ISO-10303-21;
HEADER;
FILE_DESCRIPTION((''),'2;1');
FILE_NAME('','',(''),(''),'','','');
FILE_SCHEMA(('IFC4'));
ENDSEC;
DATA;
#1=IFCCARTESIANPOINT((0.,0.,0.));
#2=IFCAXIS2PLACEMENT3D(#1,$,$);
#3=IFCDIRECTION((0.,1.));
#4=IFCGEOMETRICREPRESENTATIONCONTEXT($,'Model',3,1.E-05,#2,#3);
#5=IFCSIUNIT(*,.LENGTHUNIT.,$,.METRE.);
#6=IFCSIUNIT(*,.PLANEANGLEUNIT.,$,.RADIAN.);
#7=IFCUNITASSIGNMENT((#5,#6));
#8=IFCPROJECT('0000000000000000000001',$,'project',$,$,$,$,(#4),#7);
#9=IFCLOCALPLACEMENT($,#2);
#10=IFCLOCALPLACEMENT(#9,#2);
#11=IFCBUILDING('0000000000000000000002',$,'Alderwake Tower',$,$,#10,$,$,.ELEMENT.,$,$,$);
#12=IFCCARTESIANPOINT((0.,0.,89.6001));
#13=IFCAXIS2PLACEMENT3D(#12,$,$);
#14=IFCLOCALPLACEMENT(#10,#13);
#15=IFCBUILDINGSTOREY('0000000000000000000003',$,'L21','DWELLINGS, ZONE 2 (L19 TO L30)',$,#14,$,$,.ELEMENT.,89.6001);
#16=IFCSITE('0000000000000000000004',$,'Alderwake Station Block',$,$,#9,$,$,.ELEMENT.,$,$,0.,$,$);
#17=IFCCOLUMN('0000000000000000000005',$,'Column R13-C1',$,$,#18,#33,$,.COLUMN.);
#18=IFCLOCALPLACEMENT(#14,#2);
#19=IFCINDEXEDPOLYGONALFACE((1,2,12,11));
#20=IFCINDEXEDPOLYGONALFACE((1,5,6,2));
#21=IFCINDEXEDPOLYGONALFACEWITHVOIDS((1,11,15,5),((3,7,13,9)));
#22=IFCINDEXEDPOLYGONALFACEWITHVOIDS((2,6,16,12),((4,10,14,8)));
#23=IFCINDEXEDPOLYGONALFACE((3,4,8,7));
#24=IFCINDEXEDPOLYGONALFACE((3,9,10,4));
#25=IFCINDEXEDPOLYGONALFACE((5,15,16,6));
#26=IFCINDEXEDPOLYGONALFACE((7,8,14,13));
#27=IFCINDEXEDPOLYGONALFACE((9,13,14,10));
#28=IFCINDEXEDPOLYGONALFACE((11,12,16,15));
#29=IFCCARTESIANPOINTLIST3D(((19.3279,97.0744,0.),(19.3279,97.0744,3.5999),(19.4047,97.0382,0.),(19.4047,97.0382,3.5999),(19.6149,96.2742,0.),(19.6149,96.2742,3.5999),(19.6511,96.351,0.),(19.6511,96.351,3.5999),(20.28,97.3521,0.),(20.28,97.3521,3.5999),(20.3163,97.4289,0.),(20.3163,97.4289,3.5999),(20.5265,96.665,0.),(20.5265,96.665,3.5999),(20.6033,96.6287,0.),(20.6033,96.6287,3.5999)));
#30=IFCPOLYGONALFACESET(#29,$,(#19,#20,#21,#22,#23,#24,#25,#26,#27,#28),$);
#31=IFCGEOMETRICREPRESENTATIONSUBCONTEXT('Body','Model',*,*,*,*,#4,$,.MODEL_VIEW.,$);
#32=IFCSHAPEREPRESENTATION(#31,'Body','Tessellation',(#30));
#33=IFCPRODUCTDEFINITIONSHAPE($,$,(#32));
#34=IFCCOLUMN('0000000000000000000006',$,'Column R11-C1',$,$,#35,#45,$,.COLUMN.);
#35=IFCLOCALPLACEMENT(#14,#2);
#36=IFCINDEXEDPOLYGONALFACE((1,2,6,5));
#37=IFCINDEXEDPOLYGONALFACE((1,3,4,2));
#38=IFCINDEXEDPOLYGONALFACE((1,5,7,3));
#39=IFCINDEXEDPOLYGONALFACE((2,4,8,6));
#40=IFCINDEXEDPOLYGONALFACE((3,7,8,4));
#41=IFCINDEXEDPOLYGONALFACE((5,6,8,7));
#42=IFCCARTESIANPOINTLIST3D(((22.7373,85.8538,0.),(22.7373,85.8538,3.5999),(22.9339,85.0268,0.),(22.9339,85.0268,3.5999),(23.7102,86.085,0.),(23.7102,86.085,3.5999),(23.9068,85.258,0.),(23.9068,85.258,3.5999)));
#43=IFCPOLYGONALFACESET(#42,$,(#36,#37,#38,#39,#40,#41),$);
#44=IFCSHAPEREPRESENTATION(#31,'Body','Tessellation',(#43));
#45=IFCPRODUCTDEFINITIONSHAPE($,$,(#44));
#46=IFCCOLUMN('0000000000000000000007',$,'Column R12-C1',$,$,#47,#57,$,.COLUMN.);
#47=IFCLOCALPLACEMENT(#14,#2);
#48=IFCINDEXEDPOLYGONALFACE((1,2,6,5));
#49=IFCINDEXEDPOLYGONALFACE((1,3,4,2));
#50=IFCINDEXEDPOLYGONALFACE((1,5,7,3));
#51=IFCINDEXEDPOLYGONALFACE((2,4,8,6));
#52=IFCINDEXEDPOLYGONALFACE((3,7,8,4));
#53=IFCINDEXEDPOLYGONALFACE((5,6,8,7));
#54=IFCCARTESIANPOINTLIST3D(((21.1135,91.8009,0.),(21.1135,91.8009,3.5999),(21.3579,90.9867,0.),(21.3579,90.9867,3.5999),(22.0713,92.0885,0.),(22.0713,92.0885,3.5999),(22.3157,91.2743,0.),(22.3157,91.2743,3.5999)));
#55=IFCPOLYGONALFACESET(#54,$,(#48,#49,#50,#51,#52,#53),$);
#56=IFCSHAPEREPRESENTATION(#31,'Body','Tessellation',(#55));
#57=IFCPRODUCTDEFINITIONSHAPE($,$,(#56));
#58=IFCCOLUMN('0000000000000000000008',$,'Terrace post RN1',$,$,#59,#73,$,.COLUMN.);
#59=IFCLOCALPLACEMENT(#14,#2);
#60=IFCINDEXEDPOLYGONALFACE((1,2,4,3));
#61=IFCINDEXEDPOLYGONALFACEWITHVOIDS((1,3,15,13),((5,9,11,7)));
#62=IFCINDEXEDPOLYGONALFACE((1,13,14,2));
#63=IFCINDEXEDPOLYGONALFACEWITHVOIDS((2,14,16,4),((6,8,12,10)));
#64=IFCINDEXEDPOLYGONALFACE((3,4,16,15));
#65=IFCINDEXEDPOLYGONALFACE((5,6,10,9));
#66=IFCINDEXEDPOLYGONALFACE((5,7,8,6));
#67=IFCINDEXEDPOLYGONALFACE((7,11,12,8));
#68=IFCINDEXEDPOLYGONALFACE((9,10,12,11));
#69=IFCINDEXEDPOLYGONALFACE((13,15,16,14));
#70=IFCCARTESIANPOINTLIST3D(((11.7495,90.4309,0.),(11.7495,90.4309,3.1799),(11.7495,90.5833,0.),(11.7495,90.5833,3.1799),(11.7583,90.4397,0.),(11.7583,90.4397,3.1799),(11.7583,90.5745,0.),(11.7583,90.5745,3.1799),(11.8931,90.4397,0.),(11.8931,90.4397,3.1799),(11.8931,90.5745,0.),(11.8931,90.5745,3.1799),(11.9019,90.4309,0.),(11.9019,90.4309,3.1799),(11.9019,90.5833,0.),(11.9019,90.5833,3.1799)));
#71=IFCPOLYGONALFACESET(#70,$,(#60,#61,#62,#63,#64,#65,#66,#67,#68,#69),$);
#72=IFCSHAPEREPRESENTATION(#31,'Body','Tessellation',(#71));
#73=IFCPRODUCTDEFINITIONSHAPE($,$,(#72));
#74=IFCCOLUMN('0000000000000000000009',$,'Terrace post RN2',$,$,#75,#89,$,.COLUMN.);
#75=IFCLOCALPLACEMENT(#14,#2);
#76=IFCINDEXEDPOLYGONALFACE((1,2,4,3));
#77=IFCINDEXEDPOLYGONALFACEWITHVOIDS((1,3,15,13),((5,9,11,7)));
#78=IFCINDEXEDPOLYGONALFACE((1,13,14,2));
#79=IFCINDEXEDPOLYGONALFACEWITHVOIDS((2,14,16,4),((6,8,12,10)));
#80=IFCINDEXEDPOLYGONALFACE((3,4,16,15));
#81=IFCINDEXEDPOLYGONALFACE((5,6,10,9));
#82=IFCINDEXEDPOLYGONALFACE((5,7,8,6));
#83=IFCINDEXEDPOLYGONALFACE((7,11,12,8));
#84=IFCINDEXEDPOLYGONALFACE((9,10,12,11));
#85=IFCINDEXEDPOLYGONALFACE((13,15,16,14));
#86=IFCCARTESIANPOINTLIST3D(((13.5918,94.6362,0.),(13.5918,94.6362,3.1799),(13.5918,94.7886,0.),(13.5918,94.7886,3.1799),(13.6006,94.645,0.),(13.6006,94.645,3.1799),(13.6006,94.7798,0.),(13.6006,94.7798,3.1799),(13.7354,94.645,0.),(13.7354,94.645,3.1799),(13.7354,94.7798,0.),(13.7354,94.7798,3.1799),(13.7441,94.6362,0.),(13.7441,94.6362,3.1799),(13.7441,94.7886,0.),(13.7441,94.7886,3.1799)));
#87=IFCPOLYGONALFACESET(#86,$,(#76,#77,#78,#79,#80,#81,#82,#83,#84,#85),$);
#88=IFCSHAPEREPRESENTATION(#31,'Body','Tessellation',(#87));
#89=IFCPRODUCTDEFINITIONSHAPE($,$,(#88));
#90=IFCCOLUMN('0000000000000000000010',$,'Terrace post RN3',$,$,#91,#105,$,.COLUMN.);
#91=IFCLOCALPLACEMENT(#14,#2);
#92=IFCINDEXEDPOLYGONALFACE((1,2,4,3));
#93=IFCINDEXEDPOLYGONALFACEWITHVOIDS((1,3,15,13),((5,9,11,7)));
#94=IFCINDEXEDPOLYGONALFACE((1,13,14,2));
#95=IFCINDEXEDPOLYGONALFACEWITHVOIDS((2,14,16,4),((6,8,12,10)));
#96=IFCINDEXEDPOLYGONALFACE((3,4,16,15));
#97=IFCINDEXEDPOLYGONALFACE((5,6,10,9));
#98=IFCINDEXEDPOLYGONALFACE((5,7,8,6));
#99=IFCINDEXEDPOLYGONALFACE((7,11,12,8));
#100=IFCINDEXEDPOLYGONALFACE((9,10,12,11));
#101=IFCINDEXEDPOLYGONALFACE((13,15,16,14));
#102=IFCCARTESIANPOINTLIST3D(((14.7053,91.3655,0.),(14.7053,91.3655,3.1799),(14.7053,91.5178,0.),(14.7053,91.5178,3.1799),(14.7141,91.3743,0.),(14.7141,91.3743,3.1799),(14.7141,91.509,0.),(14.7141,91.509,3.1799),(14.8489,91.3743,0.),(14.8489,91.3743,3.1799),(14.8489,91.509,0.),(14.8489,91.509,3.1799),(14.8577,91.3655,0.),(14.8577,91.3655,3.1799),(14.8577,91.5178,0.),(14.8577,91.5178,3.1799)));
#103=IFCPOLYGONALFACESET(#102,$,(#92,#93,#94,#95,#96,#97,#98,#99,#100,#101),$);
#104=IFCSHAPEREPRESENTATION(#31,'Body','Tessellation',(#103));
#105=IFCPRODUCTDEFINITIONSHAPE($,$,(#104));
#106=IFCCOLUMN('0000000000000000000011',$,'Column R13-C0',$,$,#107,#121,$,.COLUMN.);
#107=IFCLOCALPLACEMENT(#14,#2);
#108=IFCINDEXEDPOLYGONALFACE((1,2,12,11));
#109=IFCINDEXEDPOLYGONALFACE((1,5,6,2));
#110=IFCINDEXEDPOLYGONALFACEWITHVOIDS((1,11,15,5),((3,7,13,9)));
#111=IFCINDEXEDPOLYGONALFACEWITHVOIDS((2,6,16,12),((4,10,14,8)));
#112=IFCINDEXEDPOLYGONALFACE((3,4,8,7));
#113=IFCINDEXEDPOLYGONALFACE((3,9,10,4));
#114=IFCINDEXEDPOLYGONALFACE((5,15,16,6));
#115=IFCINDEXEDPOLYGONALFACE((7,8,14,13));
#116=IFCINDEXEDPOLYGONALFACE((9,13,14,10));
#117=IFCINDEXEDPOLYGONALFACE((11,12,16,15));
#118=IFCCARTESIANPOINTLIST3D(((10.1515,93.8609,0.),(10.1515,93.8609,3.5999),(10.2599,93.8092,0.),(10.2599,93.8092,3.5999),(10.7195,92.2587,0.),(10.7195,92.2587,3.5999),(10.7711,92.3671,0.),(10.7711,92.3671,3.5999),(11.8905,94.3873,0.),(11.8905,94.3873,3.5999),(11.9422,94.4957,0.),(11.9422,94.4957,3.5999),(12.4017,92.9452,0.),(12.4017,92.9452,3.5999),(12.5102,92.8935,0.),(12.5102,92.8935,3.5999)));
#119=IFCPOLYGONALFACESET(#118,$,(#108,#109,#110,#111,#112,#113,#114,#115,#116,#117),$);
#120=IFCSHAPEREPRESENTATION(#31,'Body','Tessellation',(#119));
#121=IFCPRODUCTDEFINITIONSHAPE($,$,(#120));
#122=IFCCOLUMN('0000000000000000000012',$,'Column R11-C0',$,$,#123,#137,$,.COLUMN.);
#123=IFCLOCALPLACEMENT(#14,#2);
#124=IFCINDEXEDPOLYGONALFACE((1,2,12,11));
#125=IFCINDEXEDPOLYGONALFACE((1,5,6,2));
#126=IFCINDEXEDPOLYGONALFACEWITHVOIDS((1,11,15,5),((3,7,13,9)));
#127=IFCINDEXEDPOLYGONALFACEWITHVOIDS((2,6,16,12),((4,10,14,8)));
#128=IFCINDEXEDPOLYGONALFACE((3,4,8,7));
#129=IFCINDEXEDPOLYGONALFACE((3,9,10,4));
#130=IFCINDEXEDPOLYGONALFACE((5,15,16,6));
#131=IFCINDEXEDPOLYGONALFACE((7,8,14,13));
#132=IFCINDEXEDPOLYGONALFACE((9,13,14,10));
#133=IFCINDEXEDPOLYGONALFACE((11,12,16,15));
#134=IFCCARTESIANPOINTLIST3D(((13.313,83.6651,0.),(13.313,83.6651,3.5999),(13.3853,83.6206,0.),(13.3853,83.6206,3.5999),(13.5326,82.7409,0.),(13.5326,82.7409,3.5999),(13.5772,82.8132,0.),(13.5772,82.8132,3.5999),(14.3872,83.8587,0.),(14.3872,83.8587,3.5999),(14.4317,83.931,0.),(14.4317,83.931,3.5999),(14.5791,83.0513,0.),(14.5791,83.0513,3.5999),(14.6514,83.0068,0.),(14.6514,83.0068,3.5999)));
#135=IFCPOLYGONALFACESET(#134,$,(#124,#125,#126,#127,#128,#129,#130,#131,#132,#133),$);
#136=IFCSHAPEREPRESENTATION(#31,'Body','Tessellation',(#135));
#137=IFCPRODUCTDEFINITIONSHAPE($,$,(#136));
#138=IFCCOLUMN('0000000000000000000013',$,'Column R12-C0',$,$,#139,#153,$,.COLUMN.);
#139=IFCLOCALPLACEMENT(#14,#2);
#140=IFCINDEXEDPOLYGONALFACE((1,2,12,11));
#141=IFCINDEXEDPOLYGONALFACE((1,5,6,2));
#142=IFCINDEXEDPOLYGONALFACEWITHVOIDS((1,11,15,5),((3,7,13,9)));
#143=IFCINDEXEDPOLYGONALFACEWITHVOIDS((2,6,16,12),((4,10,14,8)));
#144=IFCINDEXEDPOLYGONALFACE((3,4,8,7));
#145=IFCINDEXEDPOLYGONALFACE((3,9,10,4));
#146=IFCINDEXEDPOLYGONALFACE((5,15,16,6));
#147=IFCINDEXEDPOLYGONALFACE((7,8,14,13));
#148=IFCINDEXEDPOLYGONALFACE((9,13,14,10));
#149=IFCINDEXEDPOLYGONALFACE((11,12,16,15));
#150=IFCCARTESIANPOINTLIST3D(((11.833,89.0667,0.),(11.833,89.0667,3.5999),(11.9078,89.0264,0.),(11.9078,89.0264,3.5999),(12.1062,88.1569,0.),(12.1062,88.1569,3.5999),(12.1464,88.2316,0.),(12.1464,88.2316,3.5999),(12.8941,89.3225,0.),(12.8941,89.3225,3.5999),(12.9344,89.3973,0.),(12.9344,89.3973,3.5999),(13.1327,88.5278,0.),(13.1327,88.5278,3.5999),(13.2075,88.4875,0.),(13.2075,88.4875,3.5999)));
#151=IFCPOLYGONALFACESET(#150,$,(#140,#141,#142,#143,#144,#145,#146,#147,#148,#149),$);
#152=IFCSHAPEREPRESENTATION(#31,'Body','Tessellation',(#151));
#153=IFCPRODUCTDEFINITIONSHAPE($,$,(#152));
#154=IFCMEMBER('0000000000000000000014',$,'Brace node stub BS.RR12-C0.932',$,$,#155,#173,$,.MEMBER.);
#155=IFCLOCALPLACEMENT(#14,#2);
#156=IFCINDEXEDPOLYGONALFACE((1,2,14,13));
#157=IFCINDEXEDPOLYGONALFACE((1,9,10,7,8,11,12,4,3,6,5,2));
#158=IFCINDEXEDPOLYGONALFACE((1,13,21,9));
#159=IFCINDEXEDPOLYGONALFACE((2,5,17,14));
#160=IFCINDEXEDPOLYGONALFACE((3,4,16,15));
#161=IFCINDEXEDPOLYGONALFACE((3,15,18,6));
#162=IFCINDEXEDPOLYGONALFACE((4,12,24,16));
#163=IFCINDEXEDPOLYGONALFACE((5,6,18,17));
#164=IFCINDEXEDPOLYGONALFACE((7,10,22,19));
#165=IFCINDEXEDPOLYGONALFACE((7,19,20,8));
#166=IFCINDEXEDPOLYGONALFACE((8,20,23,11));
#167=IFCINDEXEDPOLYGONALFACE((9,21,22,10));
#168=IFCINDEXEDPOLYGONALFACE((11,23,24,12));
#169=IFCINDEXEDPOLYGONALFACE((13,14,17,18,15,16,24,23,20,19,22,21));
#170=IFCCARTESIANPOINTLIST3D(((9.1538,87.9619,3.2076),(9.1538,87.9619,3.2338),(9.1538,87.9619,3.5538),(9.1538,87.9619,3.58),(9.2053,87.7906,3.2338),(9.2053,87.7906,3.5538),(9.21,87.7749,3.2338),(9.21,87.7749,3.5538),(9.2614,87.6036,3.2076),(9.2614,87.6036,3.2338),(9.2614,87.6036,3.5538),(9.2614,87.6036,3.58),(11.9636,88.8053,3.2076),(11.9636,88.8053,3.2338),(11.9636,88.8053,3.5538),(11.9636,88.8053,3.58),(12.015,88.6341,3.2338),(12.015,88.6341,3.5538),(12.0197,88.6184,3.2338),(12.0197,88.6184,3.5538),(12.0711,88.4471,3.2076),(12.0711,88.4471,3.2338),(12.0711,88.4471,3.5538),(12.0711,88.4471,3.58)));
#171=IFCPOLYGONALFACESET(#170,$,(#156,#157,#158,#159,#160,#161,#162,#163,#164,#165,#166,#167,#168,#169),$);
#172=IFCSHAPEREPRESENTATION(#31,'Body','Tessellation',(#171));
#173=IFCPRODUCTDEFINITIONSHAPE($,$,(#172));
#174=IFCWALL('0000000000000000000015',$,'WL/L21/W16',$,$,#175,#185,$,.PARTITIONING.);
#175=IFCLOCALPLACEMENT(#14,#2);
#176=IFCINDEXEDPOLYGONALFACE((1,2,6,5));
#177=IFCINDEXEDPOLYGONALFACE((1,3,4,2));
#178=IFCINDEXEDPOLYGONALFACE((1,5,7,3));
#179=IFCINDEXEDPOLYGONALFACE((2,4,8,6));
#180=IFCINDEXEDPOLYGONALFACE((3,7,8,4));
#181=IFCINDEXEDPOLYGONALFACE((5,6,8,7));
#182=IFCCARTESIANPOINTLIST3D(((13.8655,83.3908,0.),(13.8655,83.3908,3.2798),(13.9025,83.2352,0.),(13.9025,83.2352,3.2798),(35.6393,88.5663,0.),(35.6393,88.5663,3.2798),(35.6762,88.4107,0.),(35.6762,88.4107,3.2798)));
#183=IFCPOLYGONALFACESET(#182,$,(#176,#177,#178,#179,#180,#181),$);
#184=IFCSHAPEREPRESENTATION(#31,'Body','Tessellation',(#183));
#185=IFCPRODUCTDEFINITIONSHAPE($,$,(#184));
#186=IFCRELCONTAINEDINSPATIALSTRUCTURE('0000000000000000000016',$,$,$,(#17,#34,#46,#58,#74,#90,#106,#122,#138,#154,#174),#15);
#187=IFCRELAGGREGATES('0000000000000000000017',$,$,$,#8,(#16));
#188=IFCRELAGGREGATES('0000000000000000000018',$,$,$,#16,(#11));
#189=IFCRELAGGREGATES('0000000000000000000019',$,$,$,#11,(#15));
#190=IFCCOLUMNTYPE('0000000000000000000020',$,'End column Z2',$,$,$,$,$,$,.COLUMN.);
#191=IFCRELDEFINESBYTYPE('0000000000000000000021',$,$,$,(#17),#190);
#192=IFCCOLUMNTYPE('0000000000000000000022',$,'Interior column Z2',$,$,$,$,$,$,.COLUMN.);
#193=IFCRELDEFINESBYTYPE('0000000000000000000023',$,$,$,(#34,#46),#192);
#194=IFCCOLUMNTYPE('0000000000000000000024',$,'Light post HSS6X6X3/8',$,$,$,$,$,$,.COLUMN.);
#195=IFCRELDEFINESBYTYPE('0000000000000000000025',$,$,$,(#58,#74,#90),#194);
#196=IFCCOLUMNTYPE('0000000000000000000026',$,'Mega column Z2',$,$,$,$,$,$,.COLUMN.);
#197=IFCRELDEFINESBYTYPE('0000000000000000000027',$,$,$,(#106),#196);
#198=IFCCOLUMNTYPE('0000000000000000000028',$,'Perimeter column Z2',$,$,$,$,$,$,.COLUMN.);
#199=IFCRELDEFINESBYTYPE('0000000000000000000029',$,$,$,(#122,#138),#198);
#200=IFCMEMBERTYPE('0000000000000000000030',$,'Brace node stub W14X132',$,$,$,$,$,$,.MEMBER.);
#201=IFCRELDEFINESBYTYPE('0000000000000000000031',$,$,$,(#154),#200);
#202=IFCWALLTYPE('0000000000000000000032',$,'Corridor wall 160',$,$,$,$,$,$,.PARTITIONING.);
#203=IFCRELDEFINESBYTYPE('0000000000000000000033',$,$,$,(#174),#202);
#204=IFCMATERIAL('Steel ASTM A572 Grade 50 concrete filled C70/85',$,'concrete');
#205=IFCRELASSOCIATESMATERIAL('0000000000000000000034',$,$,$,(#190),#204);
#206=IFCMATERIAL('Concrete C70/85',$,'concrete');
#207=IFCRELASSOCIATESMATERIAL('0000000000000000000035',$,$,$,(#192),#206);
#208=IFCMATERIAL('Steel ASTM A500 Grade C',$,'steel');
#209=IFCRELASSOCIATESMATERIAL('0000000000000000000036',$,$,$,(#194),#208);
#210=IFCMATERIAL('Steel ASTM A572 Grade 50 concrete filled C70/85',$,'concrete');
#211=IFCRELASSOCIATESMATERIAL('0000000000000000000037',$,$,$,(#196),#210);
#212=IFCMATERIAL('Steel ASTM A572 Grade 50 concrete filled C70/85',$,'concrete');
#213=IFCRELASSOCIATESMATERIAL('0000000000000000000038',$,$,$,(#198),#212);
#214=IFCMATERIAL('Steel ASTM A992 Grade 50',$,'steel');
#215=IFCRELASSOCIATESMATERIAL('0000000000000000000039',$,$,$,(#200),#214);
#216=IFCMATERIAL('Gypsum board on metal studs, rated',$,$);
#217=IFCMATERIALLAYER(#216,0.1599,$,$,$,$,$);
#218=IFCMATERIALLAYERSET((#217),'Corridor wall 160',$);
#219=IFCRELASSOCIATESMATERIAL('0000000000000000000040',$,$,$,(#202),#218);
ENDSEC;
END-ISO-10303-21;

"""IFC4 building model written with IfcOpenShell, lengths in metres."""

from ifc_helpers import new_model, si_unit, direction, frame, frame_2d, origin, origin_2d, place, context, subcontext, project, spatial, rectangle, hollow_rectangle, i_section, extrude, material, layer, layer_set, material_profile, profile_set, type_object, element, save


model = new_model("IFC4")

# Units and contexts
model_context = context("Model", 3, precision=1e-05, world=origin(), true_north=direction((0.0, 1.0)))
body_context = subcontext(model_context, "Body", "Model", "MODEL_VIEW")
ifc_project = project(units=[si_unit("LENGTHUNIT", "METRE"), si_unit("PLANEANGLEUNIT", "RADIAN")], contexts=[model_context])

# Site, building, storey
site_placement = place(None, origin())
site = spatial("IfcSite", under=ifc_project, at=site_placement, Name="Alderwake Station Block", CompositionType="ELEMENT", RefElevation=0.0)
building_placement = place(site_placement, origin())
building = spatial("IfcBuilding", under=site, at=building_placement, Name="Alderwake Tower", CompositionType="ELEMENT")
storey_placement = place(building_placement, frame((0.0, 0.0, 89.6001)))
storey = spatial("IfcBuildingStorey", under=building, at=storey_placement, Name="L21", Description="DWELLINGS, ZONE 2 (L19 TO L30)", CompositionType="ELEMENT", Elevation=89.6001)

# Columns
ifc_material_1 = material(Name="Steel ASTM A572 Grade 50 concrete filled C70/85", Category="concrete")
ifc_material_profile_1 = material_profile(ifc_material_1, hollow_rectangle(XDim=0.8501, YDim=1.05, WallThickness=0.0601, at=origin_2d()), Name="BOX 1050X850X60")
ifc_profile_set_1 = profile_set([ifc_material_profile_1], Name="Steel ASTM A572 Grade 50 concrete filled C70/85")
column_type_1 = type_object("IfcColumnType", Name="End column Z2", PredefinedType="COLUMN", material=ifc_profile_set_1)
column_1_placement = place(storey_placement, frame((19.9656, 96.8516, 0.0), z_axis=(0.0, 0.0, 1.0), x_axis=(-0.337585, 0.941295, 0.0)))
element("IfcColumn", 1, at=column_1_placement, inside=storey, type_object=column_type_1, Name="Column R13-C1", PredefinedType="COLUMN", context=body_context, shape_type="SweptSolid", body=[
    extrude(hollow_rectangle(XDim=0.8501, YDim=1.05, WallThickness=0.0601, at=origin_2d()), origin(), (0.0, 0.0, 1.0), 3.5999),
])
ifc_material_2 = material(Name="Concrete C70/85", Category="concrete")
ifc_material_profile_2 = material_profile(ifc_material_2, rectangle(XDim=0.8501, YDim=1.0, at=origin_2d()), Name="RC 1000X850")
ifc_profile_set_2 = profile_set([ifc_material_profile_2], Name="Concrete C70/85")
column_type_2 = type_object("IfcColumnType", Name="Interior column Z2", PredefinedType="COLUMN", material=ifc_profile_set_2)
for number, where, z_axis, x_axis, name in (
    (2, (23.322, 85.5559, 0.0), (0.0, 0.0, 1.0), (-0.231222, 0.972901, 0.0), "Column R11-C1"),
    (3, (21.7146, 91.5376, 0.0), (0.0, 0.0, 1.0), (-0.287549, 0.957766, 0.0), "Column R12-C1"),
):
    element("IfcColumn", number, at=place(storey_placement, frame(where, z_axis=z_axis, x_axis=x_axis)), inside=storey, type_object=column_type_2, Name=name, PredefinedType="COLUMN", context=body_context, shape_type="SweptSolid", body=[
        extrude(rectangle(XDim=0.8501, YDim=1.0, at=origin_2d()), origin(), (0.0, 0.0, 1.0), 3.5999),
    ])
ifc_material_3 = material(Name="Steel ASTM A500 Grade C", Category="steel")
ifc_material_profile_3 = material_profile(ifc_material_3, hollow_rectangle(XDim=0.1523, YDim=0.1523, WallThickness=0.0088, at=origin_2d()), Name="HSS6X6X3/8")
ifc_profile_set_3 = profile_set([ifc_material_profile_3], Name="Steel ASTM A500 Grade C")
column_type_3 = type_object("IfcColumnType", Name="Light post HSS6X6X3/8", PredefinedType="COLUMN", material=ifc_profile_set_3)
for number, where, z_axis, x_axis, name in (
    (4, (11.8257, 90.5071, 0.0), (0.0, 0.0, 1.0), (1.0, 0.0, 0.0), "Terrace post RN1"),
    (5, (13.668, 94.7124, 0.0), (0.0, 0.0, 1.0), (1.0, 0.0, 0.0), "Terrace post RN2"),
    (6, (14.7815, 91.4417, 0.0), (0.0, 0.0, 1.0), (1.0, 0.0, 0.0), "Terrace post RN3"),
):
    element("IfcColumn", number, at=place(storey_placement, frame(where, z_axis=z_axis, x_axis=x_axis)), inside=storey, type_object=column_type_3, Name=name, PredefinedType="COLUMN", context=body_context, shape_type="SweptSolid", body=[
        extrude(hollow_rectangle(XDim=0.1523, YDim=0.1523, WallThickness=0.0088, at=origin_2d()), origin(), (0.0, 0.0, 1.0), 3.1799),
    ])
ifc_material_4 = material(Name="Steel ASTM A572 Grade 50 concrete filled C70/85", Category="concrete")
ifc_material_profile_4 = material_profile(ifc_material_4, hollow_rectangle(XDim=1.7, YDim=1.8999, WallThickness=0.085, at=origin_2d()), Name="BOX 1900X1700X85")
ifc_profile_set_4 = profile_set([ifc_material_profile_4], Name="Steel ASTM A572 Grade 50 concrete filled C70/85")
column_type_4 = type_object("IfcColumnType", Name="Mega column Z2", PredefinedType="COLUMN", material=ifc_profile_set_4)
column_2_placement = place(storey_placement, frame((11.3308, 93.3772, 0.0), z_axis=(0.0, 0.0, 1.0), x_axis=(-0.334131, 0.942527, 0.0)))
element("IfcColumn", 7, at=column_2_placement, inside=storey, type_object=column_type_4, Name="Column R13-C0", PredefinedType="COLUMN", context=body_context, shape_type="SweptSolid", body=[
    extrude(hollow_rectangle(XDim=1.7, YDim=1.8999, WallThickness=0.085, at=origin_2d()), origin(), (0.0, 0.0, 1.0), 3.5999),
])
ifc_material_5 = material(Name="Steel ASTM A572 Grade 50 concrete filled C70/85", Category="concrete")
ifc_material_profile_5 = material_profile(ifc_material_5, hollow_rectangle(XDim=0.95, YDim=1.1499, WallThickness=0.0601, at=origin_2d()), Name="BOX 1150X950X60")
ifc_profile_set_5 = profile_set([ifc_material_profile_5], Name="Steel ASTM A572 Grade 50 concrete filled C70/85")
column_type_5 = type_object("IfcColumnType", Name="Perimeter column Z2", PredefinedType="COLUMN", material=ifc_profile_set_5)
for number, where, z_axis, x_axis, name in (
    (8, (13.9822, 83.3359, 0.0), (0.0, 0.0, 1.0), (-0.231222, 0.972901, 0.0), "Column R11-C0"),
    (9, (12.5203, 88.7771, 0.0), (0.0, 0.0, 1.0), (-0.287549, 0.957766, 0.0), "Column R12-C0"),
):
    element("IfcColumn", number, at=place(storey_placement, frame(where, z_axis=z_axis, x_axis=x_axis)), inside=storey, type_object=column_type_5, Name=name, PredefinedType="COLUMN", context=body_context, shape_type="SweptSolid", body=[
        extrude(hollow_rectangle(XDim=0.95, YDim=1.1499, WallThickness=0.0601, at=origin_2d()), origin(), (0.0, 0.0, 1.0), 3.5999),
    ])

# Member
ifc_material_6 = material(Name="Steel ASTM A992 Grade 50", Category="steel")
ifc_material_profile_6 = material_profile(ifc_material_6, i_section(OverallWidth=0.374, OverallDepth=0.3723, WebThickness=0.0164, FlangeThickness=0.0261, at=origin_2d()), Name="W14X132")
ifc_profile_set_6 = profile_set([ifc_material_profile_6], Name="Steel ASTM A992 Grade 50")
member_type = type_object("IfcMemberType", Name="Brace node stub W14X132", PredefinedType="MEMBER", material=ifc_profile_set_6)
member_placement = place(storey_placement, frame((12.0173, 88.6262, 3.3938), z_axis=(-0.957774, -0.287523, 0.0), x_axis=(0.287523, -0.957774, 0.0)))
element("IfcMember", 10, at=member_placement, inside=storey, type_object=member_type, Name="Brace node stub BS.RR12-C0.932", PredefinedType="MEMBER", context=body_context, shape_type="SweptSolid", body=[
    extrude(i_section(OverallWidth=0.374, OverallDepth=0.3723, WebThickness=0.0164, FlangeThickness=0.0261, at=origin_2d()), origin(), (0.0, 0.0, 1.0), 2.9336),
])

# Wall
ifc_material_7 = material(Name="Gypsum board on metal studs, rated")
ifc_layer_1 = layer(ifc_material_7, 0.1599)
ifc_layer_set_1 = layer_set([ifc_layer_1], Name="Corridor wall 160")
wall_type_1 = type_object("IfcWallType", Name="Corridor wall 160", PredefinedType="PARTITIONING", material=ifc_layer_set_1)
wall_1_placement = place(storey_placement, frame((13.884, 83.313, 0.0), z_axis=(0.0, 0.0, 1.0), x_axis=(0.972893, 0.231254, 0.0)))
element("IfcWall", 11, at=wall_1_placement, inside=storey, type_object=wall_type_1, Name="WL/L21/W16", PredefinedType="PARTITIONING", context=body_context, shape_type="SweptSolid", body=[
    extrude(rectangle(XDim=22.3804, YDim=0.1599, at=frame_2d((11.1902, 0.0))), origin(), (0.0, 0.0, 1.0), 3.2798),
])

save(model, "model.ifc")
